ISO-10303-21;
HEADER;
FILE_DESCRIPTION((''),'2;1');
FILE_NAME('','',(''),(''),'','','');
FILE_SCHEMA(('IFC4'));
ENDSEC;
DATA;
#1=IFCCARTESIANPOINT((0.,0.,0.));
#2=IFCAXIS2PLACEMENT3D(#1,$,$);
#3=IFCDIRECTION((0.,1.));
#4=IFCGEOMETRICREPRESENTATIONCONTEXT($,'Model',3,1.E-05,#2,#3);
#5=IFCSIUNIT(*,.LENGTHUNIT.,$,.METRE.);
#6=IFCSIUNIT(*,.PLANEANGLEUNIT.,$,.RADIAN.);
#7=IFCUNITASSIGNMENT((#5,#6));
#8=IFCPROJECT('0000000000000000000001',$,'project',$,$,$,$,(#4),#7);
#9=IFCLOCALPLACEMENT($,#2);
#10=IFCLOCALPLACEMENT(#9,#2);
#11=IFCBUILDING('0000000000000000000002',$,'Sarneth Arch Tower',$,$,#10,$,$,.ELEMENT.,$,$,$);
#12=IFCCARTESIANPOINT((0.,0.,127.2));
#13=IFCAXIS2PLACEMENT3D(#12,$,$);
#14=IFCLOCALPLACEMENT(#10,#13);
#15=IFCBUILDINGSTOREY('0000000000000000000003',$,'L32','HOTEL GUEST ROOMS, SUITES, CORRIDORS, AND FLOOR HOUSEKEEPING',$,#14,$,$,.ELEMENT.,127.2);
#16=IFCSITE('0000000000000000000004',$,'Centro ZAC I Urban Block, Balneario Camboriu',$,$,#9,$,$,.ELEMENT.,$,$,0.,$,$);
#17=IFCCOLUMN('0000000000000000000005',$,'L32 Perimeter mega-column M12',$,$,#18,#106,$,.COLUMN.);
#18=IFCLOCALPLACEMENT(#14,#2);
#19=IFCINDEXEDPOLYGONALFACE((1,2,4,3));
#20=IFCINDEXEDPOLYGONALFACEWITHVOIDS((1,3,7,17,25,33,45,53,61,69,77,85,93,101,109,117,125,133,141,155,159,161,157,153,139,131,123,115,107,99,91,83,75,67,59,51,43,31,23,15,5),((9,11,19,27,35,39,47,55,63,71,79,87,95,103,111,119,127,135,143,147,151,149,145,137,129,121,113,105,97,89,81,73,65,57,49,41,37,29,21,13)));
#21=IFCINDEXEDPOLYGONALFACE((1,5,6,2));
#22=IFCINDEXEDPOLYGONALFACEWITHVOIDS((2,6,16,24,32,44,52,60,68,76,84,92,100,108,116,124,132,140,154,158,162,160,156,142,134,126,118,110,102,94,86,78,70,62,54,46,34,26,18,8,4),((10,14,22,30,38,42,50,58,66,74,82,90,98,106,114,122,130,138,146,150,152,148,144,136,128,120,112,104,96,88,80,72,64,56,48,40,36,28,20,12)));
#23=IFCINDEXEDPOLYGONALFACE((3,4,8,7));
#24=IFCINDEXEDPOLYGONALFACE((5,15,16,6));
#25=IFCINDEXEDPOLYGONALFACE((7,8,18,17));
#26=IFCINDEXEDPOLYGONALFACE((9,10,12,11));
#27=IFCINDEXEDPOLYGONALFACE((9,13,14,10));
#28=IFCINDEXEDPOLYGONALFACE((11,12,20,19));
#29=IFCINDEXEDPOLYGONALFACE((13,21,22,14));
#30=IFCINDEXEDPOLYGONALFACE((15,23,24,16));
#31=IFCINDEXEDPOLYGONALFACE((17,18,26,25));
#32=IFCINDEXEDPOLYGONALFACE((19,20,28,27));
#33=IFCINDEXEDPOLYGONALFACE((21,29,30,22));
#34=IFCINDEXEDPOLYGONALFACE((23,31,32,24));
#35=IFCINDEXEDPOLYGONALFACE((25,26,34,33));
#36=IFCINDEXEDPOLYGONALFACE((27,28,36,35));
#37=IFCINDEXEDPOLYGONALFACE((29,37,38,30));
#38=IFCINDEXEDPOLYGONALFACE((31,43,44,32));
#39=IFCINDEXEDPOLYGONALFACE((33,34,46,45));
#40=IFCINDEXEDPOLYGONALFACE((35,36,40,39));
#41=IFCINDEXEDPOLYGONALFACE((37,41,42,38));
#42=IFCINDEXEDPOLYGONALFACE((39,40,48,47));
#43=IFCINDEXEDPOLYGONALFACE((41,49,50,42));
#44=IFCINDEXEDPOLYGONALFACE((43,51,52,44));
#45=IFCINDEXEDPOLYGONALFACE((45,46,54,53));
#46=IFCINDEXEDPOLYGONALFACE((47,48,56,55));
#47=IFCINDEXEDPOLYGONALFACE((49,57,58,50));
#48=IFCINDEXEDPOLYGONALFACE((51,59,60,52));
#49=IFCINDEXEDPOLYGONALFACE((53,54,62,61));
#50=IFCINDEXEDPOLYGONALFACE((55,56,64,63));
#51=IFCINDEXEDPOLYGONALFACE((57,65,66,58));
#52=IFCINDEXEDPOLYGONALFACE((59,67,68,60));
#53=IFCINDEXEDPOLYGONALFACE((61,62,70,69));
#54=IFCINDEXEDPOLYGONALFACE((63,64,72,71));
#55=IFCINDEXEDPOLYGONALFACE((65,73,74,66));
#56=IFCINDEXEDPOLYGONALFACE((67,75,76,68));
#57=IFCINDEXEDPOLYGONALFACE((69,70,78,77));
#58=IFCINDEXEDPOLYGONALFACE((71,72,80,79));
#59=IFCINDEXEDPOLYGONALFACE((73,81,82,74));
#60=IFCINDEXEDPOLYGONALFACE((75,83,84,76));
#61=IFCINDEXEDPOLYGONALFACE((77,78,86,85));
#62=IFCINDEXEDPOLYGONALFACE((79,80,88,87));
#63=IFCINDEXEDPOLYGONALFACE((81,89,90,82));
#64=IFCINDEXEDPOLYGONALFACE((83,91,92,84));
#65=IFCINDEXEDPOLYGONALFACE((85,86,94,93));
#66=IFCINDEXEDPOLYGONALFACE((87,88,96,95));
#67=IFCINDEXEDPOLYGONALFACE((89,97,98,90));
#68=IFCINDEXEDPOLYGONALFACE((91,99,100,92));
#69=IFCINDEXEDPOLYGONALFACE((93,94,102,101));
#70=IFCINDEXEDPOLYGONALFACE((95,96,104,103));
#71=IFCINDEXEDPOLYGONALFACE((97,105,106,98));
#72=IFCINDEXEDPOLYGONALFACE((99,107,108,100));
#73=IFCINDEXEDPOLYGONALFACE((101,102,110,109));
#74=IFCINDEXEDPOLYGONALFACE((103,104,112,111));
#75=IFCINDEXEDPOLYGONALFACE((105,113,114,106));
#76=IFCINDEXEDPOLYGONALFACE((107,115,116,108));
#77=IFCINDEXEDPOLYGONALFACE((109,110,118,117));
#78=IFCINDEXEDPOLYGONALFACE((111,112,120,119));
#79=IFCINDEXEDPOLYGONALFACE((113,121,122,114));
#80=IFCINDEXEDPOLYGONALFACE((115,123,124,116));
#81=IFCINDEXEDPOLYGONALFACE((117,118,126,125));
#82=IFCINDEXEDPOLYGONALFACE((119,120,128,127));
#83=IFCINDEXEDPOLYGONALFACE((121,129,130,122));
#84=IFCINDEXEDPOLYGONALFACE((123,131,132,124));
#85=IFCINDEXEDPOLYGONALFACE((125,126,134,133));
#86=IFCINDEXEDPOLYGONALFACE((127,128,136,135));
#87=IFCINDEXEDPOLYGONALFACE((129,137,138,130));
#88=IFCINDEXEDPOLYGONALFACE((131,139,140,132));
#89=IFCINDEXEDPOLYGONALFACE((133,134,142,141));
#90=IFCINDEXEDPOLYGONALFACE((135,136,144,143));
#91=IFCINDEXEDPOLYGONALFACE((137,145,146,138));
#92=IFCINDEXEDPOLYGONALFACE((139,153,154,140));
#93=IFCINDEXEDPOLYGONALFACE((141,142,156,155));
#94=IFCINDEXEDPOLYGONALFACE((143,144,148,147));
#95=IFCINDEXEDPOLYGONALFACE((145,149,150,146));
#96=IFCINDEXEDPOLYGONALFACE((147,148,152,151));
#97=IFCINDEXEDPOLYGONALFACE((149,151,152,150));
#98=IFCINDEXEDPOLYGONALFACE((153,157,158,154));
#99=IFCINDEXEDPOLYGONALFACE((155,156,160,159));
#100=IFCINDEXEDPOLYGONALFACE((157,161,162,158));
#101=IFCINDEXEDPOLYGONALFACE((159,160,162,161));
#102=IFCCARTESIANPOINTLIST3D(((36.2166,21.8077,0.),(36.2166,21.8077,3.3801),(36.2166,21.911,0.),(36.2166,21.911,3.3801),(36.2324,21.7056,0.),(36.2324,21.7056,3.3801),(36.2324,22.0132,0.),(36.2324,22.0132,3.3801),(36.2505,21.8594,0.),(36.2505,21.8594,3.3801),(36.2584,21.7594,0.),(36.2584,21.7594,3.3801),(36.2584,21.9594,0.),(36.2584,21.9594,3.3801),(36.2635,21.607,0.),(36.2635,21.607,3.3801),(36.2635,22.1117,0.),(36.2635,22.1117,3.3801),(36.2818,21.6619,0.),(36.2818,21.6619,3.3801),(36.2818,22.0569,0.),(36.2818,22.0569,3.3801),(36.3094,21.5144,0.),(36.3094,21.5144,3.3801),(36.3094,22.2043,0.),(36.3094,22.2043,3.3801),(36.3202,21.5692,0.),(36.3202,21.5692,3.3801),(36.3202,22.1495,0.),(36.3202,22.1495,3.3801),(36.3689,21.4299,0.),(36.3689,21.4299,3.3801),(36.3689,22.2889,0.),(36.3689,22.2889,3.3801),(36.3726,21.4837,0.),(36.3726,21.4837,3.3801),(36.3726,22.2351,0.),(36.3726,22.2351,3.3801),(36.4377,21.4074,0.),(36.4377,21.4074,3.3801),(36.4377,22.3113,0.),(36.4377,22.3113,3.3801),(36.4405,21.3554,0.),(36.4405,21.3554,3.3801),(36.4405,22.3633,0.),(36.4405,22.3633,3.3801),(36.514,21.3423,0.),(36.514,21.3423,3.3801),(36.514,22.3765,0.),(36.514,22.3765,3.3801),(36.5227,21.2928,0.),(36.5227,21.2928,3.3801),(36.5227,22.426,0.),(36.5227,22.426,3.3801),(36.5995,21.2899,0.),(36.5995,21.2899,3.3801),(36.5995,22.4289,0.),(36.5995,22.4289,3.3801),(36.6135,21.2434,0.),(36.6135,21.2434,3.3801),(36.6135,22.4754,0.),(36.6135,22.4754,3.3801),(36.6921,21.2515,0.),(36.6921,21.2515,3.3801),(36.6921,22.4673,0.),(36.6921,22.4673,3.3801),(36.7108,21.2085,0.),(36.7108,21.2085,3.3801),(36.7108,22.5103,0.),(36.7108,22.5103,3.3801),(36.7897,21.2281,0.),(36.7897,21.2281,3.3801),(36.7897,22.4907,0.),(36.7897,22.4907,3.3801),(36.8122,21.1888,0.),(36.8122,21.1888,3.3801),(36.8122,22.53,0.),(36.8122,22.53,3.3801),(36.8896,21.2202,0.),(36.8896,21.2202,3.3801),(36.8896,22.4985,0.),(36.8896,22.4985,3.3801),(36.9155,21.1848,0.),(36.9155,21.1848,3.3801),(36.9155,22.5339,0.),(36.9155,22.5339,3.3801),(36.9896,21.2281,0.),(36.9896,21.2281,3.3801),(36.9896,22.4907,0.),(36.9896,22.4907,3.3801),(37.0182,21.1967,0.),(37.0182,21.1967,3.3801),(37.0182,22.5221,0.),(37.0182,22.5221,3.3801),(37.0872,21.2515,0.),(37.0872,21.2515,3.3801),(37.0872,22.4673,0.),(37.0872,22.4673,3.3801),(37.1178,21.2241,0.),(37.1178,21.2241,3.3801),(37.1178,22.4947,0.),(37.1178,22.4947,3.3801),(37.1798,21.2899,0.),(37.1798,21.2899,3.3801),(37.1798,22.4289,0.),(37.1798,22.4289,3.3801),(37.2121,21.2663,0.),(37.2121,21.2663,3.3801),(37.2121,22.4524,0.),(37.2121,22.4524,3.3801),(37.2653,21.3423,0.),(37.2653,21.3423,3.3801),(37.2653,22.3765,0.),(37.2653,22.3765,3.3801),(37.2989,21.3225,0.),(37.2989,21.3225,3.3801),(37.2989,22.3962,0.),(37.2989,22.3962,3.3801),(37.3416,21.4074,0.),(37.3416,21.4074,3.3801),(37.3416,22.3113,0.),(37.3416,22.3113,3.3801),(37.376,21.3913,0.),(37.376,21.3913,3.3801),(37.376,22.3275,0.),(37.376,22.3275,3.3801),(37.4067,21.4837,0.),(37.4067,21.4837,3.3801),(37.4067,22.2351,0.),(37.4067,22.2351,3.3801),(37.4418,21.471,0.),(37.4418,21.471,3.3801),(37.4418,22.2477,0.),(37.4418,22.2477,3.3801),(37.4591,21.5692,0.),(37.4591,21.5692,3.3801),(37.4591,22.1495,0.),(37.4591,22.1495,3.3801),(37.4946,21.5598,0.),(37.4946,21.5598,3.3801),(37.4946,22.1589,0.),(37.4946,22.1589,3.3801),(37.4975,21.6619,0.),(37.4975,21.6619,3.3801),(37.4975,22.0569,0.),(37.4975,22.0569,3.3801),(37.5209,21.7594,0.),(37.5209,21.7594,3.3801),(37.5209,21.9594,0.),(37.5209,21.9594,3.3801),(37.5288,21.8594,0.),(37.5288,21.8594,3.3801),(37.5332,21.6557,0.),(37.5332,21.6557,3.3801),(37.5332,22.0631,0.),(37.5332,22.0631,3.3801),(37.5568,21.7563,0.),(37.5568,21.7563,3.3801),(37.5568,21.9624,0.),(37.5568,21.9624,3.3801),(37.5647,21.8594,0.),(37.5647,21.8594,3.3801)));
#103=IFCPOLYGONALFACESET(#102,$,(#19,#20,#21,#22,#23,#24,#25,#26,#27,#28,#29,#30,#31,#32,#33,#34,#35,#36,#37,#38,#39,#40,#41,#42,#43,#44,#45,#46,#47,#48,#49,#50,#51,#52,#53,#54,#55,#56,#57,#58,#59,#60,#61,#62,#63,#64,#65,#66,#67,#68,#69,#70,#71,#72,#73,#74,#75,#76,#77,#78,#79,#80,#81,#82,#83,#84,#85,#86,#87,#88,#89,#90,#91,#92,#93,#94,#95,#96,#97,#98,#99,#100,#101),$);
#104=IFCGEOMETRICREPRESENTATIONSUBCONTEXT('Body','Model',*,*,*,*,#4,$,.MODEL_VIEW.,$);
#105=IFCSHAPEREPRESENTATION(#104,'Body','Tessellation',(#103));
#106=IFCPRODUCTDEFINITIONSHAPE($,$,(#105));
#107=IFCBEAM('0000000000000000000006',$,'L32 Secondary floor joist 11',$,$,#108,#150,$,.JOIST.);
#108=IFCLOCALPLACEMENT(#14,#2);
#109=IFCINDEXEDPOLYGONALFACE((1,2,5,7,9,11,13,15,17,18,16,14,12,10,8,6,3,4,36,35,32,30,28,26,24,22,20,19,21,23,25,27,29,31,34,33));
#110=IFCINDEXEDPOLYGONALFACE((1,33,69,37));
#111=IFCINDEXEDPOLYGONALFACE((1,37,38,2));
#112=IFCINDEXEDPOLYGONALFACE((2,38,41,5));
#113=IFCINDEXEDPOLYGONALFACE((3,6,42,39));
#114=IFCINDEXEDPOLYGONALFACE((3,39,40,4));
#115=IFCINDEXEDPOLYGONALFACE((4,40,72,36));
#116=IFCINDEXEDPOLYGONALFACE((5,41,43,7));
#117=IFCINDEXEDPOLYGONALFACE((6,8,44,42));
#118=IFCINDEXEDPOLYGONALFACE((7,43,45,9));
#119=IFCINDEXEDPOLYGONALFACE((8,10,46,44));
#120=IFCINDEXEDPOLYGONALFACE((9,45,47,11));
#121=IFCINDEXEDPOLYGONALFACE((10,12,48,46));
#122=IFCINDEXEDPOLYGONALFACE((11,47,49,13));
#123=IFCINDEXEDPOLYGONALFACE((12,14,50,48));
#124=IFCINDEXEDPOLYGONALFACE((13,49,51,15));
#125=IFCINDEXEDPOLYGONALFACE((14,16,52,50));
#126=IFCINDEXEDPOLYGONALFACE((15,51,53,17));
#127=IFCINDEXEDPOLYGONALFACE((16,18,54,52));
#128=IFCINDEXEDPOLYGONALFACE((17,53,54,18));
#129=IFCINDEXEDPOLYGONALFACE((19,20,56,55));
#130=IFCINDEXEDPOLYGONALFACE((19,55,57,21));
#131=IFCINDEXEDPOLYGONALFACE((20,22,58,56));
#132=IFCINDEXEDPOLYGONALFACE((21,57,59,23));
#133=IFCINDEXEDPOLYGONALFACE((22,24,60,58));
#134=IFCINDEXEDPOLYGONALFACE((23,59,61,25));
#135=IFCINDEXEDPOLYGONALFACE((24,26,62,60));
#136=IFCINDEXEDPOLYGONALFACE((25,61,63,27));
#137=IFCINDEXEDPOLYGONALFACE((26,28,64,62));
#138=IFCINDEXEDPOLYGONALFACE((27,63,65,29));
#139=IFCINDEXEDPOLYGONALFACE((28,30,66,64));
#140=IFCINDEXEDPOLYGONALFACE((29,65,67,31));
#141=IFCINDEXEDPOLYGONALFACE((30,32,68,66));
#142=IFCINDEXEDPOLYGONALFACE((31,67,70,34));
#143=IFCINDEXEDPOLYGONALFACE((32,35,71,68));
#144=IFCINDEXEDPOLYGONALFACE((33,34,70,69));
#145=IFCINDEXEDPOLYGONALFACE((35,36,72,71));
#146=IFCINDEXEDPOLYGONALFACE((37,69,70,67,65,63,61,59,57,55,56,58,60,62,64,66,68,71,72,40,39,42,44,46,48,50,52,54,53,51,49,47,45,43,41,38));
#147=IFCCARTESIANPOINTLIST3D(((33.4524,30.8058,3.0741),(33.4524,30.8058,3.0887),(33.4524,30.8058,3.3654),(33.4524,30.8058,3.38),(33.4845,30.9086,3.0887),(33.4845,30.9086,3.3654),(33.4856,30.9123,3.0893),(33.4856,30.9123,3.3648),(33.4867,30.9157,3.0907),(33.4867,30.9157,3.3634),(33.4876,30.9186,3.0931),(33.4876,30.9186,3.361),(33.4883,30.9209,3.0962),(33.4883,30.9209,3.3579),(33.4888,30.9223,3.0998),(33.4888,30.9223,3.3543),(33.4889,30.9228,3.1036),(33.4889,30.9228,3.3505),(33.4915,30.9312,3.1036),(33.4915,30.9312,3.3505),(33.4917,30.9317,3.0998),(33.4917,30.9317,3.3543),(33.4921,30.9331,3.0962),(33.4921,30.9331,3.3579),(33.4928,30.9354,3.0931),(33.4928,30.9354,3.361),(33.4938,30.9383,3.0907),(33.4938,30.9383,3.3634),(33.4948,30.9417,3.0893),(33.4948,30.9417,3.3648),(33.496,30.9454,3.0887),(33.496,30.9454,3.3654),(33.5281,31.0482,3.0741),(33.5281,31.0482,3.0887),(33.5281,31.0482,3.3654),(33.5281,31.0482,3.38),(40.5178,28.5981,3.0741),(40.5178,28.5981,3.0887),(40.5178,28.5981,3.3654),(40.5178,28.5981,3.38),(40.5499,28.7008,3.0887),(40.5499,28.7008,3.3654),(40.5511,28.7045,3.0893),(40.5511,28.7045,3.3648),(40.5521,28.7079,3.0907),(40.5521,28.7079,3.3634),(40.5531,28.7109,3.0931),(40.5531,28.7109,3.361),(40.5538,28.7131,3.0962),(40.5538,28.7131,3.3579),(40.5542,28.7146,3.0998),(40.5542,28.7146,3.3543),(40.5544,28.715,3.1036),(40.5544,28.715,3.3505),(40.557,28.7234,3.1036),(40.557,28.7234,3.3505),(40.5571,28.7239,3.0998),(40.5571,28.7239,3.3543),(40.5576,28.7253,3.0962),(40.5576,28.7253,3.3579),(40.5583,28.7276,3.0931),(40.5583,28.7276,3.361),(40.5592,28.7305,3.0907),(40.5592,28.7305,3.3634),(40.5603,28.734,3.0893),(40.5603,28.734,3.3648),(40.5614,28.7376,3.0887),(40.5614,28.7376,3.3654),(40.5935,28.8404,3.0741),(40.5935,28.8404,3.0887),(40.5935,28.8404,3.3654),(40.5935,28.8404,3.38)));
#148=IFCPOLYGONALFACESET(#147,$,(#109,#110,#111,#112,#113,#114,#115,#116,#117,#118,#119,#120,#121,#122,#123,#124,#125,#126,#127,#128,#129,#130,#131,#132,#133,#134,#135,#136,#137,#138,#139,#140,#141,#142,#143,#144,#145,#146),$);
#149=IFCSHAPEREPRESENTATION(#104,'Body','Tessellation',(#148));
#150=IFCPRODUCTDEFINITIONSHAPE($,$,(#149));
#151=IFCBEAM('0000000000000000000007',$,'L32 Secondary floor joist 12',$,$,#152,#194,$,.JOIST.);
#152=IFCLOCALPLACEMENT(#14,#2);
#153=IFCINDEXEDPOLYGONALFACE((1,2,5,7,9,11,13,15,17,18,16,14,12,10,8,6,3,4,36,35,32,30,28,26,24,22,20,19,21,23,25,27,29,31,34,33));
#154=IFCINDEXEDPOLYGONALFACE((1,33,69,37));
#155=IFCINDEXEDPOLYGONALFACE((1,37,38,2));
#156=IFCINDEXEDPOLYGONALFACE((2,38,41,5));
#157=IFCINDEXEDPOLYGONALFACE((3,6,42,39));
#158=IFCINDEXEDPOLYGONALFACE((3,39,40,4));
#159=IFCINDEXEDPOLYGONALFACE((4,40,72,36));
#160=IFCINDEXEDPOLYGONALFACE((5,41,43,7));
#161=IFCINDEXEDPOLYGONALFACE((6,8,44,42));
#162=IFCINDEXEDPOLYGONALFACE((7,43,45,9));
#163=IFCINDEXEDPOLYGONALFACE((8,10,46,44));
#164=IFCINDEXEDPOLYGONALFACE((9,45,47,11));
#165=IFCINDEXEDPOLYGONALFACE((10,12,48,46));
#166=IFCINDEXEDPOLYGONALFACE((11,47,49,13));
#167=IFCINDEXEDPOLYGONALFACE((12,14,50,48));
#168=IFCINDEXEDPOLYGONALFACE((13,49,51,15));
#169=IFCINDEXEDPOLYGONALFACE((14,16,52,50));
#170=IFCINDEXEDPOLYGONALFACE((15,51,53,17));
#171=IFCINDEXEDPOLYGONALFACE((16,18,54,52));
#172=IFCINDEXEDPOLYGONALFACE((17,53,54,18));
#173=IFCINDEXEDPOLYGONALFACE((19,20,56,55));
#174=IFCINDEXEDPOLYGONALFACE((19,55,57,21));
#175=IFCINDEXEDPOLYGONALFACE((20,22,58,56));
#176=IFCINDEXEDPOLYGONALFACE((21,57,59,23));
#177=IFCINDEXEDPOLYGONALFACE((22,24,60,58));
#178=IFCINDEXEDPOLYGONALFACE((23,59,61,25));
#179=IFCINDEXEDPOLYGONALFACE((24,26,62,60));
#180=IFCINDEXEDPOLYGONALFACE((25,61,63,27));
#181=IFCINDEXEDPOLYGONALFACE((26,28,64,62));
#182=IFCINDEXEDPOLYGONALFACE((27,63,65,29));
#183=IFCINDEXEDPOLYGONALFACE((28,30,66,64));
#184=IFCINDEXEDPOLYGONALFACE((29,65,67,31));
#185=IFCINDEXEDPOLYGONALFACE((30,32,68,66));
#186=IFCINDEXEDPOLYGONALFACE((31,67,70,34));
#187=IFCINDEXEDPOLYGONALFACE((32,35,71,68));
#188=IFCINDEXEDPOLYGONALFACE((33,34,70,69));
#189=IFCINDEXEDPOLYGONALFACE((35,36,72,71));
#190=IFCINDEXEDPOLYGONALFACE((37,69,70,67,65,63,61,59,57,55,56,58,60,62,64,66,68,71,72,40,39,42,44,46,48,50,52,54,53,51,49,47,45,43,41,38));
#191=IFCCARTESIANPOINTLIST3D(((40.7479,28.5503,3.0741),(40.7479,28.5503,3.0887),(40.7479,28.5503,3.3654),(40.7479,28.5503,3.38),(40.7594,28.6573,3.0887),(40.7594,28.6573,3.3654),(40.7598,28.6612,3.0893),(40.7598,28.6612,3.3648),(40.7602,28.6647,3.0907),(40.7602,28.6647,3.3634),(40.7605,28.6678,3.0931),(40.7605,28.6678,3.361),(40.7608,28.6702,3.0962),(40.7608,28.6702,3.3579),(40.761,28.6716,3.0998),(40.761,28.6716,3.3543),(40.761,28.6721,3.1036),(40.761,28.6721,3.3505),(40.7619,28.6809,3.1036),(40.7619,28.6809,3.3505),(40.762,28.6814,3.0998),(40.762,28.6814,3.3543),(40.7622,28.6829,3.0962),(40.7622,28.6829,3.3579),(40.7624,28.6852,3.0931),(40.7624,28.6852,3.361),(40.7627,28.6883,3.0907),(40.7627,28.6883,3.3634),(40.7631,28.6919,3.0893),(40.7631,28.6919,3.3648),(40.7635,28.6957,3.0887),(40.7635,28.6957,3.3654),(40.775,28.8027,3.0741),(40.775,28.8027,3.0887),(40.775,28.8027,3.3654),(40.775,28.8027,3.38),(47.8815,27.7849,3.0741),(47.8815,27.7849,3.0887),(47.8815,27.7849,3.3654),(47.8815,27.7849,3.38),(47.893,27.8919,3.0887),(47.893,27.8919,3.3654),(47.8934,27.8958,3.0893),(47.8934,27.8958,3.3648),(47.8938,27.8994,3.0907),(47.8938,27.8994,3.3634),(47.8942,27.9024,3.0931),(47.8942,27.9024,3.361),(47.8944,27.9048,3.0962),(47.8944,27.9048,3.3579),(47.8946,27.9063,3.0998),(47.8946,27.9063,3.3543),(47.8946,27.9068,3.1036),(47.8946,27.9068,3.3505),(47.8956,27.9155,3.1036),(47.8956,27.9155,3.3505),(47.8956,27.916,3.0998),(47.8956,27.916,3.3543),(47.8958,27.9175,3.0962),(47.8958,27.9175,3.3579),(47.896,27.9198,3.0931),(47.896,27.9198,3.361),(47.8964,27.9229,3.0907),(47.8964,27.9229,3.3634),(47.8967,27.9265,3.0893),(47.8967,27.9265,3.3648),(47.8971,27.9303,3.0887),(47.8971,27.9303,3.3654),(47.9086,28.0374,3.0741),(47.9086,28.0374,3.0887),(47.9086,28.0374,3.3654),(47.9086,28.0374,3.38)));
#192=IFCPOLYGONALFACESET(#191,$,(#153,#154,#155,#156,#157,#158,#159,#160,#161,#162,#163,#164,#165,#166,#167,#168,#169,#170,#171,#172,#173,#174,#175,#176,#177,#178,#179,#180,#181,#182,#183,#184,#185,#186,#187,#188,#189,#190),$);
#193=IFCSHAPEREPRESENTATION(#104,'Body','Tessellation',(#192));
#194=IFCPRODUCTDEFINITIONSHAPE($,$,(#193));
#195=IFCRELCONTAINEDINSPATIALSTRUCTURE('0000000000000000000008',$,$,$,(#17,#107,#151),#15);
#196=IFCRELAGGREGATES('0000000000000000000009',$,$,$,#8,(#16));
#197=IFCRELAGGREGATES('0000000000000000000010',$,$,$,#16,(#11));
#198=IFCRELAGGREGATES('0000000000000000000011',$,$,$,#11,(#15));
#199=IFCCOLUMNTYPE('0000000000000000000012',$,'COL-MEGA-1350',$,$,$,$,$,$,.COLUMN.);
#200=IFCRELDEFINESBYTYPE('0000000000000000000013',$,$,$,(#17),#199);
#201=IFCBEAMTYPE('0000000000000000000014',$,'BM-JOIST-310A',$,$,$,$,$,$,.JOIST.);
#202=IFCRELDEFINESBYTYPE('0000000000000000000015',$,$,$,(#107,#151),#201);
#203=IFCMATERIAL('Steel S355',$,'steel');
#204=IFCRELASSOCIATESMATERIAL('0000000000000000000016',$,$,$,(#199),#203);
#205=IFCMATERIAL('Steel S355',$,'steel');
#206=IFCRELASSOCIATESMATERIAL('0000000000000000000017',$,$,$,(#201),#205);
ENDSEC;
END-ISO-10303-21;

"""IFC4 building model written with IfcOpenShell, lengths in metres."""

from ifc_helpers import new_model, si_unit, direction, frame, origin, origin_2d, place, context, subcontext, project, spatial, hollow_circle, i_section, extrude, material, material_profile, profile_set, type_object, element, save


model = new_model("IFC4")

# Units and contexts
model_context = context("Model", 3, precision=1e-05, world=origin(), true_north=direction((0.0, 1.0)))
body_context = subcontext(model_context, "Body", "Model", "MODEL_VIEW")
ifc_project = project(units=[si_unit("LENGTHUNIT", "METRE"), si_unit("PLANEANGLEUNIT", "RADIAN")], contexts=[model_context])

# Site, building, storey
site_placement = place(None, origin())
site = spatial("IfcSite", under=ifc_project, at=site_placement, Name="Centro ZAC I Urban Block, Balneario Camboriu", CompositionType="ELEMENT", RefElevation=0.0)
building_placement = place(site_placement, origin())
building = spatial("IfcBuilding", under=site, at=building_placement, Name="Sarneth Arch Tower", CompositionType="ELEMENT")
storey_placement = place(building_placement, frame((0.0, 0.0, 127.2)))
storey = spatial("IfcBuildingStorey", under=building, at=storey_placement, Name="L32", Description="HOTEL GUEST ROOMS, SUITES, CORRIDORS, AND FLOOR HOUSEKEEPING", CompositionType="ELEMENT", Elevation=127.2)

# Column
ifc_material_1 = material(Name="Steel S355", Category="steel")
ifc_material_profile_1 = material_profile(ifc_material_1, hollow_circle(Radius=0.675, WallThickness=0.0359, at=origin_2d()), Name="CHS1350x36")
ifc_profile_set_1 = profile_set([ifc_material_profile_1], Name="Steel S355")
column_type = type_object("IfcColumnType", Name="COL-MEGA-1350", PredefinedType="COLUMN", material=ifc_profile_set_1)
column_placement = place(storey_placement, frame((36.8896, 21.8594, 0.0), z_axis=(0.0, 0.0, 1.0), x_axis=(1.0, 0.0, 0.0)))
element("IfcColumn", 1, at=column_placement, inside=storey, type_object=column_type, Name="L32 Perimeter mega-column M12", PredefinedType="COLUMN", context=body_context, shape_type="SweptSolid", body=[
    extrude(hollow_circle(Radius=0.675, WallThickness=0.0359, at=origin_2d()), origin(), (0.0, 0.0, 1.0), 3.3801),
])

# Beams
ifc_material_2 = material(Name="Steel S355", Category="steel")
ifc_material_profile_2 = material_profile(ifc_material_2, i_section(OverallWidth=0.2539, OverallDepth=0.3059, WebThickness=0.0088, FlangeThickness=0.0146, FilletRadius=0.0149, at=origin_2d()), Name="W310x79")
ifc_profile_set_2 = profile_set([ifc_material_profile_2], Name="Steel S355")
beam_type_1 = type_object("IfcBeamType", Name="BM-JOIST-310A", PredefinedType="JOIST", material=ifc_profile_set_2)
beam_1_placement = place(storey_placement, frame((33.4902, 30.927, 3.2271), z_axis=(0.954487, -0.298252, 0.0), x_axis=(0.298252, 0.954487, 0.0)))
element("IfcBeam", 2, at=beam_1_placement, inside=storey, type_object=beam_type_1, Name="L32 Secondary floor joist 11", PredefinedType="JOIST", context=body_context, shape_type="SweptSolid", body=[
    extrude(i_section(OverallWidth=0.2539, OverallDepth=0.3059, WebThickness=0.0088, FlangeThickness=0.0146, FilletRadius=0.0149, at=origin_2d()), origin(), (0.0, 0.0, 1.0), 7.4023),
])
beam_2_placement = place(storey_placement, frame((40.7615, 28.6765, 3.2271), z_axis=(0.994293, -0.106681, 0.0), x_axis=(0.106681, 0.994293, 0.0)))
element("IfcBeam", 3, at=beam_2_placement, inside=storey, type_object=beam_type_1, Name="L32 Secondary floor joist 12", PredefinedType="JOIST", context=body_context, shape_type="SweptSolid", body=[
    extrude(i_section(OverallWidth=0.2539, OverallDepth=0.3059, WebThickness=0.0088, FlangeThickness=0.0146, FilletRadius=0.0149, at=origin_2d()), origin(), (0.0, 0.0, 1.0), 7.1746),
])

save(model, "model.ifc")
